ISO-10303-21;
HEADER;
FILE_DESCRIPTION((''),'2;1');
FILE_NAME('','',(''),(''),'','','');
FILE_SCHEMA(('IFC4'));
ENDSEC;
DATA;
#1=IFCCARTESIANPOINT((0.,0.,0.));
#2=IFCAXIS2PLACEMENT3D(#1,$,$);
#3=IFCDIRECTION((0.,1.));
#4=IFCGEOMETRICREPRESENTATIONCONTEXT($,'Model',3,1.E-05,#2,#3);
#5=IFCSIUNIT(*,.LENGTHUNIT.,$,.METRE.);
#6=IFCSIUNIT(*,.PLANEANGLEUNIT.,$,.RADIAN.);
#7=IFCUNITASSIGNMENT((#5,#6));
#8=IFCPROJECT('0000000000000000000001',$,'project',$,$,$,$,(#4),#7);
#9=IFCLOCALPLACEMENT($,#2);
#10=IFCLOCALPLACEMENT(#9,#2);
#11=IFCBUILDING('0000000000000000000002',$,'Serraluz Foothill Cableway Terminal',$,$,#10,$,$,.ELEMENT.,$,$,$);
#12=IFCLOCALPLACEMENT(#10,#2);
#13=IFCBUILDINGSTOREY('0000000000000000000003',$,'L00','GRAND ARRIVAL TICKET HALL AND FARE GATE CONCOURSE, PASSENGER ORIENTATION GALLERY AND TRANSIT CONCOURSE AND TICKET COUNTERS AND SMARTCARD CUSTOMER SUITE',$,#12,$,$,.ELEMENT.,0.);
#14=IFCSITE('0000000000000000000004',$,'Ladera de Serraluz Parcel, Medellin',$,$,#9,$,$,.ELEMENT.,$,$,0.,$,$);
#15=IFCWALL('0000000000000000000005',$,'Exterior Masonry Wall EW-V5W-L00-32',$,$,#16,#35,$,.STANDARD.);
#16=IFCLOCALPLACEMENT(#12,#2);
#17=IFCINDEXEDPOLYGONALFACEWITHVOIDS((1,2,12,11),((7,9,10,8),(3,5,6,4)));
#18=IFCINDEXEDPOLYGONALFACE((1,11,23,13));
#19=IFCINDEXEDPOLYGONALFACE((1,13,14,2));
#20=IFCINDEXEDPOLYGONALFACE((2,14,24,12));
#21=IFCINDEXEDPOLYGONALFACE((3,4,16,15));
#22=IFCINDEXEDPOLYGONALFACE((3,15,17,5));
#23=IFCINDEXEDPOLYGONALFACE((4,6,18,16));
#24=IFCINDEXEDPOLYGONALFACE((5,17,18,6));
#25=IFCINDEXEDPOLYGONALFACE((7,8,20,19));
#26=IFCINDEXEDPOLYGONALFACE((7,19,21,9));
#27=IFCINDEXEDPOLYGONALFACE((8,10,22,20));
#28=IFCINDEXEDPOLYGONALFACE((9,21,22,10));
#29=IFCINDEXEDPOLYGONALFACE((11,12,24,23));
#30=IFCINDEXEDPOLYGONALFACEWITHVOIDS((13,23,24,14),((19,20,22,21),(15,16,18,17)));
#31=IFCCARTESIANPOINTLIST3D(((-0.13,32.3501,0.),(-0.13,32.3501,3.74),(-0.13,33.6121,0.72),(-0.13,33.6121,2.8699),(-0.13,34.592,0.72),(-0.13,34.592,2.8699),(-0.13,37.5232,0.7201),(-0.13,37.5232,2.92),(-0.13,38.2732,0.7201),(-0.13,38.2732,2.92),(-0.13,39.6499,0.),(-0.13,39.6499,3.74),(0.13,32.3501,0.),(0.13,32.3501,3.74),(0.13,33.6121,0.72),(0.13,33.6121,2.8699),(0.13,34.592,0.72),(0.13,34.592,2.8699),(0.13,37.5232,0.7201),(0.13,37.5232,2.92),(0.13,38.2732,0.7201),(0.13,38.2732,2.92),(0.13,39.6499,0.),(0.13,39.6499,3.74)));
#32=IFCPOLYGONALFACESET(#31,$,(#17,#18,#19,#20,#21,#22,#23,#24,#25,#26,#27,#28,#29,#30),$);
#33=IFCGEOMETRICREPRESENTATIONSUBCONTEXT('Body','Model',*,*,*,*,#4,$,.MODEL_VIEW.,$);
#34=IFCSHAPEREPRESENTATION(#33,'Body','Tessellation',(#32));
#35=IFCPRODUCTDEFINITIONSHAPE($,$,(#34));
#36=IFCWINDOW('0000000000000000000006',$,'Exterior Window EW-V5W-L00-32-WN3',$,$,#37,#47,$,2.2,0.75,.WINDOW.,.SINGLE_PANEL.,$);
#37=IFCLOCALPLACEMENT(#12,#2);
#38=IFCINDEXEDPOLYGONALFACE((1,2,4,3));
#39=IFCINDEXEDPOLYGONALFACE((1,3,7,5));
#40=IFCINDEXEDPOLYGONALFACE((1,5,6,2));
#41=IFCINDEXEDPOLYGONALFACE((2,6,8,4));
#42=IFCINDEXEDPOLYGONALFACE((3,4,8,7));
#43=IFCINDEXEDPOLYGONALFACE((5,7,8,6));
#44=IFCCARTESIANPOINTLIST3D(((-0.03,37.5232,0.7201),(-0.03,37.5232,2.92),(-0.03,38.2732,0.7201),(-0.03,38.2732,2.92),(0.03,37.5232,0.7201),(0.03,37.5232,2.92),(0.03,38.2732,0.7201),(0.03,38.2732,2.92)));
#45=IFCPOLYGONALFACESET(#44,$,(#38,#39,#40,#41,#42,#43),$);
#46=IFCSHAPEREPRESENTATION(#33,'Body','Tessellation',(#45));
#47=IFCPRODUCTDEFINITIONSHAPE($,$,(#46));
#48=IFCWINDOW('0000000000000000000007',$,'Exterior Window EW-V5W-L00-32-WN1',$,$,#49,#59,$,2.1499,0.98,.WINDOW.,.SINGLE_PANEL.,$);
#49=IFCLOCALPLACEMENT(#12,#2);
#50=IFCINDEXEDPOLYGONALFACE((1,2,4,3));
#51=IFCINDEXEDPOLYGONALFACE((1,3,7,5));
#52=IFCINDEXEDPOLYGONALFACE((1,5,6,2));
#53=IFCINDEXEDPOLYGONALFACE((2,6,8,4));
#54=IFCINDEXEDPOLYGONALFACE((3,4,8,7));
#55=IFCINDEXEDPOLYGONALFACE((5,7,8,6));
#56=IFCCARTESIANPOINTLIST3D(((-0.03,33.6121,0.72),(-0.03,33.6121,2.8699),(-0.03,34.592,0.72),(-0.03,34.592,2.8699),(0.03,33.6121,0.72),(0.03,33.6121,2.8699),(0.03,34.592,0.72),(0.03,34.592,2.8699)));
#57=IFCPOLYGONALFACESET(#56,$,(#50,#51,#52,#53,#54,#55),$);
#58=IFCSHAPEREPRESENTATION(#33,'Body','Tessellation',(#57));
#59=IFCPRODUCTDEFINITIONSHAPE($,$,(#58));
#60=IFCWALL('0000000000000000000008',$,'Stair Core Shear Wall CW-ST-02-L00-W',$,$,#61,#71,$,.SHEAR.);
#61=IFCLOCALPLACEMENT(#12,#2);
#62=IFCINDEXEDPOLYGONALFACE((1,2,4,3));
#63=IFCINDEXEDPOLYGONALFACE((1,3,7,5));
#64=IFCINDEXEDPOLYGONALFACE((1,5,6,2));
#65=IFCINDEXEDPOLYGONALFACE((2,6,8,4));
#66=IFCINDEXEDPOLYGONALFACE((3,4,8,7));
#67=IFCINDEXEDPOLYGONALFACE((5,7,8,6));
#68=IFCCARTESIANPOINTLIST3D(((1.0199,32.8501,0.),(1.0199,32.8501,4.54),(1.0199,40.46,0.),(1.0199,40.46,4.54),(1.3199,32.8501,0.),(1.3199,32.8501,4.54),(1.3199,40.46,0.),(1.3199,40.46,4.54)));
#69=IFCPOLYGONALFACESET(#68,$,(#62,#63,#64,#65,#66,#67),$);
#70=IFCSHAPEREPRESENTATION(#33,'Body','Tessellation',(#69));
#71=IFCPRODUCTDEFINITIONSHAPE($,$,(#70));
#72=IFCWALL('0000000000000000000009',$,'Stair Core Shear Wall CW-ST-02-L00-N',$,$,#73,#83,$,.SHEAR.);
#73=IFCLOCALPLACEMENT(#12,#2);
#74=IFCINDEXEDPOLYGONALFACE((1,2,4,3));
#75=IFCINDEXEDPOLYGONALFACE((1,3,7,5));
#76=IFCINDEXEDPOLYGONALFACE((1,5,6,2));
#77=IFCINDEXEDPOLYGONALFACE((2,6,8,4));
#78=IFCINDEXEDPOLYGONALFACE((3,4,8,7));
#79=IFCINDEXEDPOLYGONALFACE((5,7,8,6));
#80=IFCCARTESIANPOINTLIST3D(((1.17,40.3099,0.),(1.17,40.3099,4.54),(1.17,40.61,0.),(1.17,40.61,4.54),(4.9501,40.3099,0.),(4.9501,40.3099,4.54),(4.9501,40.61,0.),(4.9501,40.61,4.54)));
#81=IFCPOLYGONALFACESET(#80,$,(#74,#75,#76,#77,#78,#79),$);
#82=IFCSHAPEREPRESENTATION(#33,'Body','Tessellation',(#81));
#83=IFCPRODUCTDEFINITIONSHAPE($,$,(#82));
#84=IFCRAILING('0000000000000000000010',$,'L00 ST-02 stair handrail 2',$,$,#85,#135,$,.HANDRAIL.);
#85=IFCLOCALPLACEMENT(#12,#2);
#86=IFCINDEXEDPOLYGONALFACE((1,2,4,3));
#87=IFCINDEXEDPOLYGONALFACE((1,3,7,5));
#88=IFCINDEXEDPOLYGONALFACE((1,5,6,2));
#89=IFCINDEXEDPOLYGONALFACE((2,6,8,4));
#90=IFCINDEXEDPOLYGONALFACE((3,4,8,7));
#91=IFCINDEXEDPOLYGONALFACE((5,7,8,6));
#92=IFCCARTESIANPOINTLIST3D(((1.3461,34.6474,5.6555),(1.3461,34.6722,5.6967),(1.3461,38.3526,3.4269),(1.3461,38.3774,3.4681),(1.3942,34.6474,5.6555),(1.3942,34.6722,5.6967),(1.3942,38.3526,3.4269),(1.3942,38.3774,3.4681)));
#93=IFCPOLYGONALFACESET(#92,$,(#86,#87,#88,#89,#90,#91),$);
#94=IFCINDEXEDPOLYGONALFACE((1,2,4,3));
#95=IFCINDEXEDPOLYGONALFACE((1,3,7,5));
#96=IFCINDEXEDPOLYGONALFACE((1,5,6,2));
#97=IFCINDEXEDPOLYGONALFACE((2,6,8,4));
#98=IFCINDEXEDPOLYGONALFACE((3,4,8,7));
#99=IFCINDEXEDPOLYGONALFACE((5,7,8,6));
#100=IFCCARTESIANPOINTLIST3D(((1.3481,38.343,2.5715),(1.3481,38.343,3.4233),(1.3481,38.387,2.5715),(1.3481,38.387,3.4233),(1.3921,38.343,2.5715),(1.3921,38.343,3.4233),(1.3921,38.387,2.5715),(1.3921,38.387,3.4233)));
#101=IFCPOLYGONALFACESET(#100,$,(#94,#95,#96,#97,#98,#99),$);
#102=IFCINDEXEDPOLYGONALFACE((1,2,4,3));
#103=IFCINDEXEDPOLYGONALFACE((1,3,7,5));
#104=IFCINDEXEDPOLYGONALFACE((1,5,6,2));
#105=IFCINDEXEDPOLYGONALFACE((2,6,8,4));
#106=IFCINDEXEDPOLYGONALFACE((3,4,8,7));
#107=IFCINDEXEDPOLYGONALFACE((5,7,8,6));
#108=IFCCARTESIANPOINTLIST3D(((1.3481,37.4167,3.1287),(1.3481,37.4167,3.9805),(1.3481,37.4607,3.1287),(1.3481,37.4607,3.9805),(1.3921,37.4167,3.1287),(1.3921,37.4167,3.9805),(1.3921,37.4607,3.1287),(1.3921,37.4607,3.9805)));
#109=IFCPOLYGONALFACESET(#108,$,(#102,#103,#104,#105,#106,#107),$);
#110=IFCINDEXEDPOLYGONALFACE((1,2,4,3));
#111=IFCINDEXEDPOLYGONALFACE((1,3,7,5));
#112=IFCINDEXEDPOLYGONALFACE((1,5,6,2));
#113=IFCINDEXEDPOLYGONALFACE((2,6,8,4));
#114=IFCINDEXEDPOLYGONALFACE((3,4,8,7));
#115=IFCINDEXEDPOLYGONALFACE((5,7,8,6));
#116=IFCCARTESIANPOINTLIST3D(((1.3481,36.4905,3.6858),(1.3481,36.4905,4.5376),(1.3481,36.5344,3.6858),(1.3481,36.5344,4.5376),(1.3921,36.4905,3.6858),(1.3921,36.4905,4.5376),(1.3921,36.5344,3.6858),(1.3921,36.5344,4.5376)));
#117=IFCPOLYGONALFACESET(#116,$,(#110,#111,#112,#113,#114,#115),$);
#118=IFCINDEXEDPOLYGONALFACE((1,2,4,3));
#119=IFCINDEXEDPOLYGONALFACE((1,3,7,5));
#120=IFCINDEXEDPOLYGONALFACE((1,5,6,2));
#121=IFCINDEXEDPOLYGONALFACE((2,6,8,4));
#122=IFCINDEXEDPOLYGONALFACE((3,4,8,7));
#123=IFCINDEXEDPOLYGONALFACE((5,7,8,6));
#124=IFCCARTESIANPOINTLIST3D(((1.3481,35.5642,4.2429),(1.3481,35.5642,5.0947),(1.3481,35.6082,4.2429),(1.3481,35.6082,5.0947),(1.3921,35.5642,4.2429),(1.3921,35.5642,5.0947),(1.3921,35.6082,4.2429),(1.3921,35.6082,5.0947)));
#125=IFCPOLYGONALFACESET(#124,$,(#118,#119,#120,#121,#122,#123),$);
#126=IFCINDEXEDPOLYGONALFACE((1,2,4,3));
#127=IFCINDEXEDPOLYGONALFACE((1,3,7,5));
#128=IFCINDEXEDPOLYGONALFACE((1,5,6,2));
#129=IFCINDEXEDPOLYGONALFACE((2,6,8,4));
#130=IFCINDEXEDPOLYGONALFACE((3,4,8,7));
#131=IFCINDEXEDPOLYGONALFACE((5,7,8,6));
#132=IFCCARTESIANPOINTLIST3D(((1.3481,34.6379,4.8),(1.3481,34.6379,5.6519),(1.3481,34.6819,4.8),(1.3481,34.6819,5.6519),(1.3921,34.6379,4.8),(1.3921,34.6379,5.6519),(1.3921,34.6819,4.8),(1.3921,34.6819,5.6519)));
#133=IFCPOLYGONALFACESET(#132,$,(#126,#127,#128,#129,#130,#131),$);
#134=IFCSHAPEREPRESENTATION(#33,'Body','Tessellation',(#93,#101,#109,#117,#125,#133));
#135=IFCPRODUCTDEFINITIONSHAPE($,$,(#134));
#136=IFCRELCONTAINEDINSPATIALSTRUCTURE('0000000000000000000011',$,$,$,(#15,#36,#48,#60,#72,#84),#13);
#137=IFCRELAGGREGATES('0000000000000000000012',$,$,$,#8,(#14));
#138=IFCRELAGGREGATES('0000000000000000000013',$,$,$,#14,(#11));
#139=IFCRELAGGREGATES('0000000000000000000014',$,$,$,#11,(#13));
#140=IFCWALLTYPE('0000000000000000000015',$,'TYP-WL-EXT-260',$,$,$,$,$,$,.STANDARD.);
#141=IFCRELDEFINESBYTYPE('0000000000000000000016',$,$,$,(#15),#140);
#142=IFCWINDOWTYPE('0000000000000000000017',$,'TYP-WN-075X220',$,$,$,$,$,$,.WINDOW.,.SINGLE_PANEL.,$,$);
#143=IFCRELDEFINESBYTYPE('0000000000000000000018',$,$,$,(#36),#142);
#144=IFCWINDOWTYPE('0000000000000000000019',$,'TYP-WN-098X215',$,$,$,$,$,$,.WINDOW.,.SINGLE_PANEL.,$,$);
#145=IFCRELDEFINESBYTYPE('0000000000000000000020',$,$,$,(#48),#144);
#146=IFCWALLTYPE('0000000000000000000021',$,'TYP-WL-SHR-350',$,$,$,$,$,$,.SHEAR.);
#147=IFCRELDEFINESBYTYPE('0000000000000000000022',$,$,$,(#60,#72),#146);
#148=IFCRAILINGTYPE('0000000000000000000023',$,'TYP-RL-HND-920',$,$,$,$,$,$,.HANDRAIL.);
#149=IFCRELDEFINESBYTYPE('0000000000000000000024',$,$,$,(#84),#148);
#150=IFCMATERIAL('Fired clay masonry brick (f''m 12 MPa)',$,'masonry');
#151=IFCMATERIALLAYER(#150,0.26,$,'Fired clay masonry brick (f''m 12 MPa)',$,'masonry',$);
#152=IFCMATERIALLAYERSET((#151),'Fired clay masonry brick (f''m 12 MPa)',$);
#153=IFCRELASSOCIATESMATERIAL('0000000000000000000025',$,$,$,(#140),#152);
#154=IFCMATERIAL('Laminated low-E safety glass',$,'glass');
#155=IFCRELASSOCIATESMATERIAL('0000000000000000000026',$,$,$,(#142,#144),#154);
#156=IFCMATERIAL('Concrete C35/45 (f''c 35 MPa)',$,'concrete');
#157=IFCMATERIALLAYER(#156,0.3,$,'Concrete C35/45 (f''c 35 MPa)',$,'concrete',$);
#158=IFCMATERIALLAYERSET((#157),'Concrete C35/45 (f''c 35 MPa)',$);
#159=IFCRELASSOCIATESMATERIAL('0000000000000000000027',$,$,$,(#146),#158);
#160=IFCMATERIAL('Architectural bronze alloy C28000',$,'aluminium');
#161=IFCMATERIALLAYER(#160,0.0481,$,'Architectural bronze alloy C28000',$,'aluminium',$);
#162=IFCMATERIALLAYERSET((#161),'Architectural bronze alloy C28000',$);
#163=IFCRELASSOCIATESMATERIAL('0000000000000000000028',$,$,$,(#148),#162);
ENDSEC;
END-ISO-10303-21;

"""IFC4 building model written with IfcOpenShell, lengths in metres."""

from ifc_helpers import new_model, si_unit, direction, frame, frame_2d, origin, origin_2d, place, context, subcontext, project, spatial, rectangle, extrude, material, layer, layer_set, type_object, element, fill, save


model = new_model("IFC4")

# Units and contexts
model_context = context("Model", 3, precision=1e-05, world=origin(), true_north=direction((0.0, 1.0)))
body_context = subcontext(model_context, "Body", "Model", "MODEL_VIEW")
ifc_project = project(units=[si_unit("LENGTHUNIT", "METRE"), si_unit("PLANEANGLEUNIT", "RADIAN")], contexts=[model_context])

# Site, building, storey
site_placement = place(None, origin())
site = spatial("IfcSite", under=ifc_project, at=site_placement, Name="Ladera de Serraluz Parcel, Medellin", CompositionType="ELEMENT", RefElevation=0.0)
building_placement = place(site_placement, origin())
building = spatial("IfcBuilding", under=site, at=building_placement, Name="Serraluz Foothill Cableway Terminal", CompositionType="ELEMENT")
storey_placement = place(building_placement, origin())
storey = spatial("IfcBuildingStorey", under=building, at=storey_placement, Name="L00", Description="GRAND ARRIVAL TICKET HALL AND FARE GATE CONCOURSE, PASSENGER ORIENTATION GALLERY AND TRANSIT CONCOURSE AND TICKET COUNTERS AND SMARTCARD CUSTOMER SUITE", CompositionType="ELEMENT", Elevation=0.0)

# Shared definitions
ifc_material_1 = material(Name="Concrete C35/45 (f'c 35 MPa)", Category="concrete")

# Shared definitions
ifc_material_2 = material(Name="Fired clay masonry brick (f'm 12 MPa)", Category="masonry")

# Shared definitions
ifc_material_3 = material(Name="Architectural bronze alloy C28000", Category="aluminium")

# Wall, openings, windows
ifc_layer_1 = layer(ifc_material_2, 0.26, Name="Fired clay masonry brick (f'm 12 MPa)", Category="masonry")
ifc_layer_set_1 = layer_set([ifc_layer_1], Name="Fired clay masonry brick (f'm 12 MPa)")
wall_type_1 = type_object("IfcWallType", Name="TYP-WL-EXT-260", PredefinedType="STANDARD", material=ifc_layer_set_1)
wall_1_placement = place(storey_placement, frame((0.0, 32.3501, 0.0), z_axis=(0.0, 0.0, 1.0), x_axis=(0.0, 1.0, 0.0)))
wall_1 = element("IfcWall", 1, at=wall_1_placement, inside=storey, type_object=wall_type_1, Name="Exterior Masonry Wall EW-V5W-L00-32", PredefinedType="STANDARD", context=body_context, shape_type="SweptSolid", body=[
    extrude(rectangle(XDim=7.2998, YDim=0.26, at=frame_2d((3.6499, 0.0))), origin(), (0.0, 0.0, 1.0), 3.74),
])
opening_1_placement = place(wall_1_placement, frame((1.262, 0.0, 0.72)))
opening_1 = element("IfcOpeningElement", 2, at=opening_1_placement, cuts=wall_1, PredefinedType="OPENING", context=body_context, shape_type="SweptSolid", body=[
    extrude(rectangle(XDim=0.98, YDim=2.1499, at=frame_2d((0.49, 1.075))), frame((0.0, 0.1401, 0.0), z_axis=(0.0, -1.0, 0.0), x_axis=(1.0, 0.0, 0.0)), (0.0, 0.0, 1.0), 0.28),
])
opening_2_placement = place(wall_1_placement, frame((5.1731, 0.0, 0.72)))
opening_2 = element("IfcOpeningElement", 3, at=opening_2_placement, cuts=wall_1, PredefinedType="OPENING", context=body_context, shape_type="SweptSolid", body=[
    extrude(rectangle(XDim=0.75, YDim=2.2, at=frame_2d((0.375, 1.1001))), frame((0.0, 0.1401, 0.0), z_axis=(0.0, -1.0, 0.0), x_axis=(1.0, 0.0, 0.0)), (0.0, 0.0, 1.0), 0.28),
])
ifc_material_4 = material(Name="Laminated low-E safety glass", Category="glass")
window_type_1 = type_object("IfcWindowType", Name="TYP-WN-075X220", PartitioningType="SINGLE_PANEL", PredefinedType="WINDOW", material=ifc_material_4)
window_1_placement = place(opening_2_placement, origin())
window_1 = element("IfcWindow", 4, at=window_1_placement, inside=storey, type_object=window_type_1, Name="Exterior Window EW-V5W-L00-32-WN3", OverallHeight=2.2, OverallWidth=0.75, PartitioningType="SINGLE_PANEL", PredefinedType="WINDOW", context=body_context, shape_type="SweptSolid", body=[
    extrude(rectangle(XDim=0.75, YDim=2.2, at=frame_2d((0.375, 1.1001))), frame((0.0, 0.03, 0.0), z_axis=(0.0, -1.0, 0.0), x_axis=(1.0, 0.0, 0.0)), (0.0, 0.0, 1.0), 0.0601),
])
fill(opening_2, window_1)
window_type_2 = type_object("IfcWindowType", Name="TYP-WN-098X215", PartitioningType="SINGLE_PANEL", PredefinedType="WINDOW", material=ifc_material_4)
window_2_placement = place(opening_1_placement, origin())
window_2 = element("IfcWindow", 5, at=window_2_placement, inside=storey, type_object=window_type_2, Name="Exterior Window EW-V5W-L00-32-WN1", OverallHeight=2.1499, OverallWidth=0.98, PartitioningType="SINGLE_PANEL", PredefinedType="WINDOW", context=body_context, shape_type="SweptSolid", body=[
    extrude(rectangle(XDim=0.98, YDim=2.1499, at=frame_2d((0.49, 1.075))), frame((0.0, 0.03, 0.0), z_axis=(0.0, -1.0, 0.0), x_axis=(1.0, 0.0, 0.0)), (0.0, 0.0, 1.0), 0.0601),
])
fill(opening_1, window_2)

# Walls
ifc_layer_2 = layer(ifc_material_1, 0.3, Name="Concrete C35/45 (f'c 35 MPa)", Category="concrete")
ifc_layer_set_2 = layer_set([ifc_layer_2], Name="Concrete C35/45 (f'c 35 MPa)")
wall_type_2 = type_object("IfcWallType", Name="TYP-WL-SHR-350", PredefinedType="SHEAR", material=ifc_layer_set_2)
wall_2_placement = place(storey_placement, frame((1.1699, 32.8501, 0.0), z_axis=(0.0, 0.0, 1.0), x_axis=(0.0, 1.0, 0.0)))
element("IfcWall", 6, at=wall_2_placement, inside=storey, type_object=wall_type_2, Name="Stair Core Shear Wall CW-ST-02-L00-W", PredefinedType="SHEAR", context=body_context, shape_type="SweptSolid", body=[
    extrude(rectangle(XDim=7.6099, YDim=0.3, at=frame_2d((3.8049, 0.0))), origin(), (0.0, 0.0, 1.0), 4.54),
])
wall_3_placement = place(storey_placement, frame((1.1699, 40.46, 0.0), z_axis=(0.0, 0.0, 1.0), x_axis=(1.0, 0.0, 0.0)))
element("IfcWall", 7, at=wall_3_placement, inside=storey, type_object=wall_type_2, Name="Stair Core Shear Wall CW-ST-02-L00-N", PredefinedType="SHEAR", context=body_context, shape_type="SweptSolid", body=[
    extrude(rectangle(XDim=3.78, YDim=0.3, at=frame_2d((1.8901, 0.0))), origin(), (0.0, 0.0, 1.0), 4.54),
])

# Railing
ifc_layer_3 = layer(ifc_material_3, 0.0481, Name="Architectural bronze alloy C28000", Category="aluminium")
ifc_layer_set_3 = layer_set([ifc_layer_3], Name="Architectural bronze alloy C28000")
railing_type = type_object("IfcRailingType", Name="TYP-RL-HND-920", PredefinedType="HANDRAIL", material=ifc_layer_set_3)
railing_placement = place(storey_placement, frame((1.3701, 38.365, 2.5715)))
element("IfcRailing", 8, at=railing_placement, inside=storey, type_object=railing_type, Name="L00 ST-02 stair handrail 2", PredefinedType="HANDRAIL", context=body_context, shape_type="SweptSolid", body=[
    extrude(rectangle(XDim=0.0481, YDim=0.0481, at=origin_2d()), frame((0.0, 0.0, 0.876), z_axis=(0.0, -0.856934, 0.515425), x_axis=(1.0, 0.0, 0.0)), (0.0, 0.0, 1.0), 4.3237),
    extrude(rectangle(XDim=0.0439, YDim=0.0439, at=origin_2d()), origin(), (0.0, 0.0, 1.0), 0.8518),
    extrude(rectangle(XDim=0.0439, YDim=0.0439, at=origin_2d()), frame((0.0, -0.9263, 0.5571)), (0.0, 0.0, 1.0), 0.8518),
    extrude(rectangle(XDim=0.0439, YDim=0.0439, at=origin_2d()), frame((0.0, -1.8525, 1.1143)), (0.0, 0.0, 1.0), 0.8518),
    extrude(rectangle(XDim=0.0439, YDim=0.0439, at=origin_2d()), frame((0.0, -2.7788, 1.6714)), (0.0, 0.0, 1.0), 0.8518),
    extrude(rectangle(XDim=0.0439, YDim=0.0439, at=origin_2d()), frame((0.0, -3.7051, 2.2285)), (0.0, 0.0, 1.0), 0.8518),
])

save(model, "model.ifc")
